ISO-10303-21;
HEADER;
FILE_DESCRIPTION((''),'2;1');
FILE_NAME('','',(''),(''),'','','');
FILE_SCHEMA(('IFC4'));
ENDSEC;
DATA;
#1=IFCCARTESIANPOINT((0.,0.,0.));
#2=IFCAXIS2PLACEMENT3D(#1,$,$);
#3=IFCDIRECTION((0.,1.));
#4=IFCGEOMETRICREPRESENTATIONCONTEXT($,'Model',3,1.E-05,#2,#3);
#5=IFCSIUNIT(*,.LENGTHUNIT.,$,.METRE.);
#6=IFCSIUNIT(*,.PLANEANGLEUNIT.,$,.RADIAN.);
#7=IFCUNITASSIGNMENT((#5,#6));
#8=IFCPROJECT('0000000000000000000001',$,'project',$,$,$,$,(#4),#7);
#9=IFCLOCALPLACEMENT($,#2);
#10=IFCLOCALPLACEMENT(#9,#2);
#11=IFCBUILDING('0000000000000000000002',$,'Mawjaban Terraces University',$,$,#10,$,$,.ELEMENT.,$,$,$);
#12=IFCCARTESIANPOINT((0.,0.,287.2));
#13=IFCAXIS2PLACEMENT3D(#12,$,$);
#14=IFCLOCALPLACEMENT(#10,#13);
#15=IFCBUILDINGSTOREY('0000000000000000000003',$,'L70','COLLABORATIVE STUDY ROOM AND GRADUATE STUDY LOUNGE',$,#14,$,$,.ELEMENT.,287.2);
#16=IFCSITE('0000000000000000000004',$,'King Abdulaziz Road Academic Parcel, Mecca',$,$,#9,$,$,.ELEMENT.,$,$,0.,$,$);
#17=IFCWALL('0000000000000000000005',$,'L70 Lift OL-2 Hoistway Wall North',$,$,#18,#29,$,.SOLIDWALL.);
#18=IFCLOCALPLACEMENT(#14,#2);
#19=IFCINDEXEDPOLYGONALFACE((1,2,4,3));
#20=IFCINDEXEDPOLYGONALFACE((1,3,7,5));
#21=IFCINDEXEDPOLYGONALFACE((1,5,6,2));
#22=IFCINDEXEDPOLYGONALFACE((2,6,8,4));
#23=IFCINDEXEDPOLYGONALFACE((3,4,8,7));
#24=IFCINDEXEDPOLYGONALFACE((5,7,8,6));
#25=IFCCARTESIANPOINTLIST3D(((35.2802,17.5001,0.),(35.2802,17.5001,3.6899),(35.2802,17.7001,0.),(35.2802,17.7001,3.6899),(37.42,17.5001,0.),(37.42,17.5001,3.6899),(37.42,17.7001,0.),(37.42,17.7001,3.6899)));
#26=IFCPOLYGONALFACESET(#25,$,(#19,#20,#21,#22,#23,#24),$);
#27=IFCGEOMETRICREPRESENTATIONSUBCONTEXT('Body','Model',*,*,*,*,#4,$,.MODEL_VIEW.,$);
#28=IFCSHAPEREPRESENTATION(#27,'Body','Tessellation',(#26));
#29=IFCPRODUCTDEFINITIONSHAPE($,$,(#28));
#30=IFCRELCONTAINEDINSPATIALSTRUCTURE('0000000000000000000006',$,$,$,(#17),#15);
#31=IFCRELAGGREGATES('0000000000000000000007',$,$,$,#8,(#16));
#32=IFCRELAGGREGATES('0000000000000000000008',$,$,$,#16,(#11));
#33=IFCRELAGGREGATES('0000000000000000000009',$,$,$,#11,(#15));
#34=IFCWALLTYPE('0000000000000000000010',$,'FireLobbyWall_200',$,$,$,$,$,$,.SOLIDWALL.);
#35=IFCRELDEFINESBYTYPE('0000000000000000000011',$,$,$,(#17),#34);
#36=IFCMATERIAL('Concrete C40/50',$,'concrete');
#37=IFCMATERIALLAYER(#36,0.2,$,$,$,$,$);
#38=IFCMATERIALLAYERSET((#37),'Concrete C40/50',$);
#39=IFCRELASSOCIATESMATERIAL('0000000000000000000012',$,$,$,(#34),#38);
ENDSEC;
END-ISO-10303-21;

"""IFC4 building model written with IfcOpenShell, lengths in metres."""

from ifc_helpers import new_model, si_unit, direction, frame, frame_2d, origin, place, context, subcontext, project, spatial, rectangle, extrude, material, layer, layer_set, type_object, element, save


model = new_model("IFC4")

# Units and contexts
model_context = context("Model", 3, precision=1e-05, world=origin(), true_north=direction((0.0, 1.0)))
body_context = subcontext(model_context, "Body", "Model", "MODEL_VIEW")
ifc_project = project(units=[si_unit("LENGTHUNIT", "METRE"), si_unit("PLANEANGLEUNIT", "RADIAN")], contexts=[model_context])

# Site, building, storey
site_placement = place(None, origin())
site = spatial("IfcSite", under=ifc_project, at=site_placement, Name="King Abdulaziz Road Academic Parcel, Mecca", CompositionType="ELEMENT", RefElevation=0.0)
building_placement = place(site_placement, origin())
building = spatial("IfcBuilding", under=site, at=building_placement, Name="Mawjaban Terraces University", CompositionType="ELEMENT")
storey_placement = place(building_placement, frame((0.0, 0.0, 287.2)))
storey = spatial("IfcBuildingStorey", under=building, at=storey_placement, Name="L70", Description="COLLABORATIVE STUDY ROOM AND GRADUATE STUDY LOUNGE", CompositionType="ELEMENT", Elevation=287.2)

# Wall
ifc_material_1 = material(Name="Concrete C40/50", Category="concrete")
ifc_layer_1 = layer(ifc_material_1, 0.2)
ifc_layer_set_1 = layer_set([ifc_layer_1], Name="Concrete C40/50")
wall_type_1 = type_object("IfcWallType", Name="FireLobbyWall_200", PredefinedType="SOLIDWALL", material=ifc_layer_set_1)
wall_1_placement = place(storey_placement, frame((37.4199, 17.6001, 0.0), z_axis=(0.0, 0.0, 1.0), x_axis=(-1.0, 0.0, 0.0)))
element("IfcWall", 1, at=wall_1_placement, inside=storey, type_object=wall_type_1, Name="L70 Lift OL-2 Hoistway Wall North", PredefinedType="SOLIDWALL", context=body_context, shape_type="SweptSolid", body=[
    extrude(rectangle(XDim=2.1399, YDim=0.2, at=frame_2d((1.0698, 0.0))), origin(), (0.0, 0.0, 1.0), 3.6899),
])

save(model, "model.ifc")
